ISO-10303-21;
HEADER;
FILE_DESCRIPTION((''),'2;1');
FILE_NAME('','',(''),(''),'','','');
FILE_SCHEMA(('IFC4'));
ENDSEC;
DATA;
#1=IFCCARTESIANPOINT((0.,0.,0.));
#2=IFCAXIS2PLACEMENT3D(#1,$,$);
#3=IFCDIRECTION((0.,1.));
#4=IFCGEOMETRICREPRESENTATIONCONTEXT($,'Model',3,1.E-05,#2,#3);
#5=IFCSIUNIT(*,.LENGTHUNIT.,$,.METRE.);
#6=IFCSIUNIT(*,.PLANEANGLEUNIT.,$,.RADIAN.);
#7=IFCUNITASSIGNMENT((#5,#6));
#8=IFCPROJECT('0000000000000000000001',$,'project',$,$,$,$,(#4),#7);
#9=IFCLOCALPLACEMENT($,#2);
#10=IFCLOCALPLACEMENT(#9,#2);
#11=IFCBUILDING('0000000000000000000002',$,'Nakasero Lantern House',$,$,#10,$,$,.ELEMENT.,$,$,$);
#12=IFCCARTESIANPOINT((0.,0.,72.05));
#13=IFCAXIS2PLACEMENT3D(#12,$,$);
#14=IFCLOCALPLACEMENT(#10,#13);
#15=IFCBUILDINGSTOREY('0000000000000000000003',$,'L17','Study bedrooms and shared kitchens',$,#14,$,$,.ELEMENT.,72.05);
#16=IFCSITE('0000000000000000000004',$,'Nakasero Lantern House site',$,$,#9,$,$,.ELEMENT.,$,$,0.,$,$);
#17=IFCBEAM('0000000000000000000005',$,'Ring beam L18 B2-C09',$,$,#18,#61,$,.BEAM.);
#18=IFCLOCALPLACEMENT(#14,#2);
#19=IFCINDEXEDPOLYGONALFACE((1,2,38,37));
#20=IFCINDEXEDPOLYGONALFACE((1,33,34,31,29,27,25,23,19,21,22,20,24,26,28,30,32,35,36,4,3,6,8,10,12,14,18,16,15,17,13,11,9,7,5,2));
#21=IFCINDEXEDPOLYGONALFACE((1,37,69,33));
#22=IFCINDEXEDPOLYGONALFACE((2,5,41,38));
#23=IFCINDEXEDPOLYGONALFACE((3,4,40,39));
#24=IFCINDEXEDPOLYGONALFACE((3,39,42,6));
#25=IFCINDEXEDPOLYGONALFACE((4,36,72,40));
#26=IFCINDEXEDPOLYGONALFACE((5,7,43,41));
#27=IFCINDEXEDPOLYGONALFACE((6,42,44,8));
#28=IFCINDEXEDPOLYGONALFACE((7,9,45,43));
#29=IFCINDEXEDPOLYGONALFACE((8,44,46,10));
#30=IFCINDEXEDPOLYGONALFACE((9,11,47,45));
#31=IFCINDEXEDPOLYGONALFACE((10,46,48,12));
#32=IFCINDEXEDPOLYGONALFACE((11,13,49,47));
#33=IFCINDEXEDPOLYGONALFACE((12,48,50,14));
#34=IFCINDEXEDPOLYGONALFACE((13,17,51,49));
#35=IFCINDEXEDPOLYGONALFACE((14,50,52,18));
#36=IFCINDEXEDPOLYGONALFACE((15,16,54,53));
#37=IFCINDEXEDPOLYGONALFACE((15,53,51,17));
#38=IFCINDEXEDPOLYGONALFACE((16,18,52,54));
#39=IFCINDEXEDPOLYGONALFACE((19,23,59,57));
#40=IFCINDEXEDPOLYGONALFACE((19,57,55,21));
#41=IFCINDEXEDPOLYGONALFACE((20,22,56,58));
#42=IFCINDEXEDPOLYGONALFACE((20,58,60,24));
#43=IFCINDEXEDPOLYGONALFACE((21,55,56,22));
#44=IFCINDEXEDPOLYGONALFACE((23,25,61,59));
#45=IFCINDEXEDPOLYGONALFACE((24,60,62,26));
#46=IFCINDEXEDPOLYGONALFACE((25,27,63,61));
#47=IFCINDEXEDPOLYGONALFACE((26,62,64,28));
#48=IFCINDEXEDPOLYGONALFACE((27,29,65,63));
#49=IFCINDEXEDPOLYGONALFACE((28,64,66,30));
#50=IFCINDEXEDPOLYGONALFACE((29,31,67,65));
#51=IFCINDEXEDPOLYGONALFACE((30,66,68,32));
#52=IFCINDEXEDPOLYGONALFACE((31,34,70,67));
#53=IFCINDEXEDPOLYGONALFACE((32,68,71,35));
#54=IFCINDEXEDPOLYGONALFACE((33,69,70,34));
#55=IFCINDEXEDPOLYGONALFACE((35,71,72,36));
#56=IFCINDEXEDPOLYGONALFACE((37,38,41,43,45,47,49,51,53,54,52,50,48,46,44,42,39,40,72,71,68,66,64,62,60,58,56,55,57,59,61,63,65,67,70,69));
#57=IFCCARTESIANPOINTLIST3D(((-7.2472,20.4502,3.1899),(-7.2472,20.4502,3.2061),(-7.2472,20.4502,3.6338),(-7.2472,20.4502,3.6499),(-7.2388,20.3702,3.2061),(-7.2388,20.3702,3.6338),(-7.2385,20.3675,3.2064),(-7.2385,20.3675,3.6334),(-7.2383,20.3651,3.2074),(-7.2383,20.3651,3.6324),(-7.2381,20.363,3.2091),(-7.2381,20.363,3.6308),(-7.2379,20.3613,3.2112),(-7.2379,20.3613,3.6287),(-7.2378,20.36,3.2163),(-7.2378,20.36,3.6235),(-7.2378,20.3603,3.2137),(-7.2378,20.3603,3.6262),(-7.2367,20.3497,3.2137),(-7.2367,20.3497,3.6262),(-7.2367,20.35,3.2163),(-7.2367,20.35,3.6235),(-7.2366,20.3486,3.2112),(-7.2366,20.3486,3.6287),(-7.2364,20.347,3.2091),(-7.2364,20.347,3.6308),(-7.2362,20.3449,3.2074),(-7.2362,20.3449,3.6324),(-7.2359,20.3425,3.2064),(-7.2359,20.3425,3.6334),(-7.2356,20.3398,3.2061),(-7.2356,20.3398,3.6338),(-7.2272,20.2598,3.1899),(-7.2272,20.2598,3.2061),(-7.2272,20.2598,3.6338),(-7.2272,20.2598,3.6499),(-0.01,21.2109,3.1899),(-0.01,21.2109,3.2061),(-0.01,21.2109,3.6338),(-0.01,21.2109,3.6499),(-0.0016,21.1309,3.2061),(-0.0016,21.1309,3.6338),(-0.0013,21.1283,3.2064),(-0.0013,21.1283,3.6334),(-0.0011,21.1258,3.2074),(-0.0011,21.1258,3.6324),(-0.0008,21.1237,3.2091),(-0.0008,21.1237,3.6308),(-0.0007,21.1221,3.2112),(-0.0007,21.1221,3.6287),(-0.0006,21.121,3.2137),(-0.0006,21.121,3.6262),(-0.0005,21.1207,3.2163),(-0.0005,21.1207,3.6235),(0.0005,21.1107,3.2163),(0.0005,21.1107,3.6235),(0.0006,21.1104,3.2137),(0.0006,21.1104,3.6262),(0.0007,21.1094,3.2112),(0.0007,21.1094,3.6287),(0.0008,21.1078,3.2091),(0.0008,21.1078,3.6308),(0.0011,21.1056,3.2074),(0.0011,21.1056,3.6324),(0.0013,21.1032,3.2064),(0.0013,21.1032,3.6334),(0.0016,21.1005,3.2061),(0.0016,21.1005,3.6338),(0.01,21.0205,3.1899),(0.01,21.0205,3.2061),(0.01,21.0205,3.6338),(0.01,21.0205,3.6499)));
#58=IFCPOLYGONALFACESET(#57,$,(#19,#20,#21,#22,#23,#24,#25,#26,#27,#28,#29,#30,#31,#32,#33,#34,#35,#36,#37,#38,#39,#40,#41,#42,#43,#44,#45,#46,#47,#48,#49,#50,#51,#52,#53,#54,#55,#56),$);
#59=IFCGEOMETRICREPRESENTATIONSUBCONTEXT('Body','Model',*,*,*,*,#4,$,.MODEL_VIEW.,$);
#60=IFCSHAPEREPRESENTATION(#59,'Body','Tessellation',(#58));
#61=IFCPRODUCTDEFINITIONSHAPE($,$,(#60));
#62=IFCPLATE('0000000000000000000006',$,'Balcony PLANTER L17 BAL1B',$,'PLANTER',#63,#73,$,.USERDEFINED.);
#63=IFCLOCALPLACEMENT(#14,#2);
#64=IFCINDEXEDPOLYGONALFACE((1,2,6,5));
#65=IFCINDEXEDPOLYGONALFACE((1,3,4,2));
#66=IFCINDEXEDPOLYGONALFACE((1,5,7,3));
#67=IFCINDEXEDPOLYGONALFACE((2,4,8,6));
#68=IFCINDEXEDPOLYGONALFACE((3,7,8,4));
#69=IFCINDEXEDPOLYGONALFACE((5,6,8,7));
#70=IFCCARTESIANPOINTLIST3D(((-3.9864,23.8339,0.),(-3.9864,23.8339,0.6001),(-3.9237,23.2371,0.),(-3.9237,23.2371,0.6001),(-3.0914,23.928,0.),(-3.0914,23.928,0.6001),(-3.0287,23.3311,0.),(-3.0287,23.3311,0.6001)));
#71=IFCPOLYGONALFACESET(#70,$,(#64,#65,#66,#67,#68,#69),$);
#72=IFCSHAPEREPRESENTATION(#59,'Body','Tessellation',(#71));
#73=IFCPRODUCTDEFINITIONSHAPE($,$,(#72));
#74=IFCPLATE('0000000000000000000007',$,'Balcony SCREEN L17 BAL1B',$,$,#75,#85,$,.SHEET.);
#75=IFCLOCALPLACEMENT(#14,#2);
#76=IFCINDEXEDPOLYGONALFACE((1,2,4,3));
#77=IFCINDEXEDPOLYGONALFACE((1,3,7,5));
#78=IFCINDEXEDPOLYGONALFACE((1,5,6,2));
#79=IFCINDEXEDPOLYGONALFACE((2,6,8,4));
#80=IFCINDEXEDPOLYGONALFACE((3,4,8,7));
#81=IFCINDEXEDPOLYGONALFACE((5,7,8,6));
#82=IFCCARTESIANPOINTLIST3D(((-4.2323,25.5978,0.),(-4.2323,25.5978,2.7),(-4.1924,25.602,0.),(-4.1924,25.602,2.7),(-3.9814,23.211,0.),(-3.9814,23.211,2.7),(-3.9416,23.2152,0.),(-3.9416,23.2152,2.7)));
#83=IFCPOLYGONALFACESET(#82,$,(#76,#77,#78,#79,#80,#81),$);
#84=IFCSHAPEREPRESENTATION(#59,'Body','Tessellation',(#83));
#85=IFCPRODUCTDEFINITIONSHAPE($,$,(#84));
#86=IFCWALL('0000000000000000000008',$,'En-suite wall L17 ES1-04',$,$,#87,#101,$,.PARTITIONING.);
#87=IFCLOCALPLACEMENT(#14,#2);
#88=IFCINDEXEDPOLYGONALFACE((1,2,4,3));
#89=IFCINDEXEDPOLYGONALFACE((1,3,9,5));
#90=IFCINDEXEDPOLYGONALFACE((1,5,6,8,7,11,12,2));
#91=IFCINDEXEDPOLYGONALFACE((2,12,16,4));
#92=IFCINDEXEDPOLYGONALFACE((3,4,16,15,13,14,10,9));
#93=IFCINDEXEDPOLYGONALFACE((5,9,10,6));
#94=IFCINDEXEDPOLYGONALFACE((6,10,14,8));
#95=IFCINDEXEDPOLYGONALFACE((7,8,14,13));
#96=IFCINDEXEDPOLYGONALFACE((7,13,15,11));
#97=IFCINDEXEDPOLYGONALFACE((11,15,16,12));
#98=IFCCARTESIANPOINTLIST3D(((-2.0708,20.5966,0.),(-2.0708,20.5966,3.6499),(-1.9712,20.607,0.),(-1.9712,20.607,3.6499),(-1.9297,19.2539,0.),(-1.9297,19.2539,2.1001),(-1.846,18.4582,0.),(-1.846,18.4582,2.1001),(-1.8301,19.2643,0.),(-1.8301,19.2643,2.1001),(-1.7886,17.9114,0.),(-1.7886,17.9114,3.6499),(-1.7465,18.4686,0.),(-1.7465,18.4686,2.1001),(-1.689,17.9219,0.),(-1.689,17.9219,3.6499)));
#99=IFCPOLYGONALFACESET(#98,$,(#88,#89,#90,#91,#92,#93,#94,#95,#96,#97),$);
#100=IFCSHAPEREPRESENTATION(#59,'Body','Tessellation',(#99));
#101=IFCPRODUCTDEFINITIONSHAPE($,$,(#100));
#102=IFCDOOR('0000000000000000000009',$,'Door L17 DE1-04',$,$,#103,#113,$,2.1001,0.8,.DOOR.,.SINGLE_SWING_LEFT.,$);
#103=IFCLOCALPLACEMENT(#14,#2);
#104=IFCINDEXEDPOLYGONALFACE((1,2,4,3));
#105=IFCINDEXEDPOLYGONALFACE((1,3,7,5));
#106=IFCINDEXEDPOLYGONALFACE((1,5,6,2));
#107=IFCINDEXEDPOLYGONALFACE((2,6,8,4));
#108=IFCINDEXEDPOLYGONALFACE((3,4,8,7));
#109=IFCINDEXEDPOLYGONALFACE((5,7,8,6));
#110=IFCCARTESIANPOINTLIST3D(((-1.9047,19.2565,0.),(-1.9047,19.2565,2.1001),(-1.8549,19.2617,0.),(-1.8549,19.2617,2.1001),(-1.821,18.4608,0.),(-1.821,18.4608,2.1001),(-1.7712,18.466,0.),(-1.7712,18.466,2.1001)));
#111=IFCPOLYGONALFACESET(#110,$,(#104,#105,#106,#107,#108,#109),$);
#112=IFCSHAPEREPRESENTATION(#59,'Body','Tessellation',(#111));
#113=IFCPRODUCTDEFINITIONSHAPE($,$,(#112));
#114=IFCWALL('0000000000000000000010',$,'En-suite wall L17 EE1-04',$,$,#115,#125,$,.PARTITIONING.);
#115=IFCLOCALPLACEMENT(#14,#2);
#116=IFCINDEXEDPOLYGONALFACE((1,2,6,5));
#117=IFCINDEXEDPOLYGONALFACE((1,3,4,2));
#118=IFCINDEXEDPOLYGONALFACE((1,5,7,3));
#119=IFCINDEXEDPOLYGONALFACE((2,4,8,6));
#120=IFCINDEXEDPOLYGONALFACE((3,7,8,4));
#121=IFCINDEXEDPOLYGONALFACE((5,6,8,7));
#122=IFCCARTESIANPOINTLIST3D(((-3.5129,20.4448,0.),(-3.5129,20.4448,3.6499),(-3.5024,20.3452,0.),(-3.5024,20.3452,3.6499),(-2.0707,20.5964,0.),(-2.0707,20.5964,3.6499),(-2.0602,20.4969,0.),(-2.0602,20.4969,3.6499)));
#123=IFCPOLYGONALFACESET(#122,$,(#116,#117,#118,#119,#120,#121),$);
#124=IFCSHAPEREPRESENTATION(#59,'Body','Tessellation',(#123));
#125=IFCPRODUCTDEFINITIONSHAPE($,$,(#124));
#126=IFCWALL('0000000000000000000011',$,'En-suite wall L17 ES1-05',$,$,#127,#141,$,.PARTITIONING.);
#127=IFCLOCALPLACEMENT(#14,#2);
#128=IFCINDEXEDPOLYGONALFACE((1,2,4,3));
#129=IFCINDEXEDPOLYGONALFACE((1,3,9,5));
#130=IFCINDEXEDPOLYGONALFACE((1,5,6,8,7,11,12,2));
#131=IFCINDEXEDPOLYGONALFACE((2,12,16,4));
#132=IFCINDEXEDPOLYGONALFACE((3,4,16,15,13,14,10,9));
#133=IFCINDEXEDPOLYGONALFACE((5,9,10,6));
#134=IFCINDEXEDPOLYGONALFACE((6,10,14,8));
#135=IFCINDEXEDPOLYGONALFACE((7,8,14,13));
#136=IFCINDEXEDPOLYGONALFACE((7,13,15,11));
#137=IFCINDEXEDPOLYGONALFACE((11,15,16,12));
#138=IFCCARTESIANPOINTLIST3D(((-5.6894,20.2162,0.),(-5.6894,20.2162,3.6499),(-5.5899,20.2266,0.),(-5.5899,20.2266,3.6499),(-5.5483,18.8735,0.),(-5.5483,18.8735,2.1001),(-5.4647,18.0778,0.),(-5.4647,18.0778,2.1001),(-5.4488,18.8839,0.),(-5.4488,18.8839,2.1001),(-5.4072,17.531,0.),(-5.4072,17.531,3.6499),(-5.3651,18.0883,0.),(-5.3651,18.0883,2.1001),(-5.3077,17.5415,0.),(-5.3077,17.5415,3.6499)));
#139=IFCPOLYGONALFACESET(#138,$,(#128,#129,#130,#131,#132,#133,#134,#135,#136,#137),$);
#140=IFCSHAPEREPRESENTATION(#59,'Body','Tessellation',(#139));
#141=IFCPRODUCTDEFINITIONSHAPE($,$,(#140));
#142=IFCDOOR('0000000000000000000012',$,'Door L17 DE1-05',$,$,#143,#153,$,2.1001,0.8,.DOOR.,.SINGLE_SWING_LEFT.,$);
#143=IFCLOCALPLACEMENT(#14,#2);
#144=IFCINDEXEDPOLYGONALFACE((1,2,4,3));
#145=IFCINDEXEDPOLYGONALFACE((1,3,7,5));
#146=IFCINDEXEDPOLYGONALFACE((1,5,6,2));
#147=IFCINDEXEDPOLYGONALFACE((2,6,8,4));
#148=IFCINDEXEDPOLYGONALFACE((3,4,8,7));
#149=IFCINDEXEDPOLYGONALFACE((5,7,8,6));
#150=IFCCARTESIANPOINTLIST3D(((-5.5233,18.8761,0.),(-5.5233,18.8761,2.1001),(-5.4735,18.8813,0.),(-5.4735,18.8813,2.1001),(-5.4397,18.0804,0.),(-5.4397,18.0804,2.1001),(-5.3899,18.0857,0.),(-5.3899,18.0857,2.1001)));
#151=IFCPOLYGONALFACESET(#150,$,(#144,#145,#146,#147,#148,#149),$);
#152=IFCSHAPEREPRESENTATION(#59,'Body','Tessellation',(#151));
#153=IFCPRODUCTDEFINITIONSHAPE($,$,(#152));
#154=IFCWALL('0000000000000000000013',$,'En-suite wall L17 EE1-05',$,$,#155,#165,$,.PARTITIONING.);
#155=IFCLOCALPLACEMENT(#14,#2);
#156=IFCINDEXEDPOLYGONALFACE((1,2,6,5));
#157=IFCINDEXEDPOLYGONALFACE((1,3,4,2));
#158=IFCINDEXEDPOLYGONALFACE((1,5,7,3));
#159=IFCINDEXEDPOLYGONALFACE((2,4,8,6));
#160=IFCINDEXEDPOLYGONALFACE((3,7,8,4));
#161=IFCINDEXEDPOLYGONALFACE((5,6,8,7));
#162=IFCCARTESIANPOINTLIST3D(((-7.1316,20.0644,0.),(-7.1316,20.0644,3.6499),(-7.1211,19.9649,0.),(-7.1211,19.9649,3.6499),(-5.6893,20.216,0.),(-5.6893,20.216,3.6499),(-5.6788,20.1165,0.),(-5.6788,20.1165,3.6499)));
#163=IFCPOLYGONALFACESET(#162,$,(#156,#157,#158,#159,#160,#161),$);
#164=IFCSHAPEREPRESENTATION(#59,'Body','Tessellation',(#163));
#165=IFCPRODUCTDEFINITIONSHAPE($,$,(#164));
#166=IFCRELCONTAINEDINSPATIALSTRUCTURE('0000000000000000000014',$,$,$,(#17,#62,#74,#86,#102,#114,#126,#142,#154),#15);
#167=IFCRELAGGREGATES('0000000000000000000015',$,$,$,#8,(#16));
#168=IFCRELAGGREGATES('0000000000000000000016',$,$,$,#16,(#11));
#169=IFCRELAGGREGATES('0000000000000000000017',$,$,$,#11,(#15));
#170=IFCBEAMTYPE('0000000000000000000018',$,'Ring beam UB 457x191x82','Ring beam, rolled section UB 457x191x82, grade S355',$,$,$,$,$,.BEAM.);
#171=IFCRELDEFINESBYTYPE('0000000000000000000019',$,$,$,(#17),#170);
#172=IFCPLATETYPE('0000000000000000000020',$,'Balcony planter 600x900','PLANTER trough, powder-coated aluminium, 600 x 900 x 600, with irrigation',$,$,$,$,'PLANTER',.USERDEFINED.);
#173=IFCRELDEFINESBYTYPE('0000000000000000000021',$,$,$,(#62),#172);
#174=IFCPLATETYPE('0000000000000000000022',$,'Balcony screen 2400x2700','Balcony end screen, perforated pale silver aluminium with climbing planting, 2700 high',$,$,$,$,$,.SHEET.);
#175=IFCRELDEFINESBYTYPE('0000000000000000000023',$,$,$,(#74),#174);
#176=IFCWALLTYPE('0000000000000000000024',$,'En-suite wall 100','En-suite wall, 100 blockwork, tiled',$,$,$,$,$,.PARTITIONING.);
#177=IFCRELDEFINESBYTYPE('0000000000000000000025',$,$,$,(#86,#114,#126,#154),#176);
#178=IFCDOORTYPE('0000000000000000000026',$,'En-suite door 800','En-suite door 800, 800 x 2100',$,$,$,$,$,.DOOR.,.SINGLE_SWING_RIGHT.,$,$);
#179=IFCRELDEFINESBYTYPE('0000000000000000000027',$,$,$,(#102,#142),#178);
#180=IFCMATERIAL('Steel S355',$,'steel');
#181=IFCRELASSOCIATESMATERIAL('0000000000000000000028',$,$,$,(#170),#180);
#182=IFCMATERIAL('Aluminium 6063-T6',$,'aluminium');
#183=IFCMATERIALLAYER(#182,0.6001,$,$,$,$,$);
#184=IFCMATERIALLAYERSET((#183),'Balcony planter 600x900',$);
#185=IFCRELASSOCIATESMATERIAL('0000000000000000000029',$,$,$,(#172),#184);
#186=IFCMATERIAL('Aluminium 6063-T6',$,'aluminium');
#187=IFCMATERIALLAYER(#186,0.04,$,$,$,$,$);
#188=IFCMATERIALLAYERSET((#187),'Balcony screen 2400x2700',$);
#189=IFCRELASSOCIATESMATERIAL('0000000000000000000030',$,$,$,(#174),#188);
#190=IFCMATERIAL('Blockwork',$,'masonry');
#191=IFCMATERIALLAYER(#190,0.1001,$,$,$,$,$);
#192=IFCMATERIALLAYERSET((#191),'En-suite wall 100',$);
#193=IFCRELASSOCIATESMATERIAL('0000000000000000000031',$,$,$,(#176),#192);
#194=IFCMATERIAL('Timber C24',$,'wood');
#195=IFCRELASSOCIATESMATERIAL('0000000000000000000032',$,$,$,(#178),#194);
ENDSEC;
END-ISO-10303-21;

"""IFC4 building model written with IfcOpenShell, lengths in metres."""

from ifc_helpers import new_model, si_unit, direction, frame, frame_2d, origin, origin_2d, place, context, subcontext, project, spatial, rectangle, i_section, extrude, material, layer, layer_set, material_profile, profile_set, type_object, element, fill, save


model = new_model("IFC4")

# Units and contexts
model_context = context("Model", 3, precision=1e-05, world=origin(), true_north=direction((0.0, 1.0)))
body_context = subcontext(model_context, "Body", "Model", "MODEL_VIEW")
ifc_project = project(units=[si_unit("LENGTHUNIT", "METRE"), si_unit("PLANEANGLEUNIT", "RADIAN")], contexts=[model_context])

# Site, building, storey
site_placement = place(None, origin())
site = spatial("IfcSite", under=ifc_project, at=site_placement, Name="Nakasero Lantern House site", CompositionType="ELEMENT", RefElevation=0.0)
building_placement = place(site_placement, origin())
building = spatial("IfcBuilding", under=site, at=building_placement, Name="Nakasero Lantern House", CompositionType="ELEMENT")
storey_placement = place(building_placement, frame((0.0, 0.0, 72.05)))
storey = spatial("IfcBuildingStorey", under=building, at=storey_placement, Name="L17", Description="Study bedrooms and shared kitchens", CompositionType="ELEMENT", Elevation=72.05)

# Beam
ifc_material_1 = material(Name="Steel S355", Category="steel")
ifc_material_profile_1 = material_profile(ifc_material_1, i_section(OverallWidth=0.1914, OverallDepth=0.46, WebThickness=0.01, FlangeThickness=0.0161, FilletRadius=0.0103, at=origin_2d()), Name="UB 457x191x82")
ifc_profile_set_1 = profile_set([ifc_material_profile_1], Name="Steel S355")
beam_type_1 = type_object("IfcBeamType", Name="Ring beam UB 457x191x82", Description="Ring beam, rolled section UB 457x191x82, grade S355", PredefinedType="BEAM", material=ifc_profile_set_1)
beam_1_placement = place(storey_placement, frame((0.0, 21.1157, 3.4199), z_axis=(-0.994521, -0.104538, 0.0), x_axis=(0.104538, -0.994521, 0.0)))
element("IfcBeam", 1, at=beam_1_placement, inside=storey, type_object=beam_type_1, Name="Ring beam L18 B2-C09", PredefinedType="BEAM", context=body_context, shape_type="SweptSolid", body=[
    extrude(i_section(OverallWidth=0.1914, OverallDepth=0.46, WebThickness=0.01, FlangeThickness=0.0161, FilletRadius=0.0103, at=origin_2d()), origin(), (0.0, 0.0, 1.0), 7.2771),
])

# Plates
ifc_material_2 = material(Name="Aluminium 6063-T6", Category="aluminium")
ifc_layer_1 = layer(ifc_material_2, 0.6001)
ifc_layer_set_1 = layer_set([ifc_layer_1], Name="Balcony planter 600x900")
plate_type_1 = type_object("IfcPlateType", Name="Balcony planter 600x900", Description="PLANTER trough, powder-coated aluminium, 600 x 900 x 600, with irrigation", ElementType="PLANTER", PredefinedType="USERDEFINED", material=ifc_layer_set_1)
plate_1_placement = place(storey_placement, frame((-3.5076, 23.5825, 0.0), z_axis=(0.0, 0.0, 1.0), x_axis=(-0.104528, 0.994522, 0.0)))
element("IfcPlate", 2, at=plate_1_placement, inside=storey, type_object=plate_type_1, Name="Balcony PLANTER L17 BAL1B", ObjectType="PLANTER", PredefinedType="USERDEFINED", context=body_context, shape_type="SweptSolid", body=[
    extrude(rectangle(XDim=0.6001, YDim=0.8999, at=origin_2d()), origin(), (0.0, 0.0, 1.0), 0.6001),
])
ifc_material_3 = material(Name="Aluminium 6063-T6", Category="aluminium")
ifc_layer_2 = layer(ifc_material_3, 0.04)
ifc_layer_set_2 = layer_set([ifc_layer_2], Name="Balcony screen 2400x2700")
plate_type_2 = type_object("IfcPlateType", Name="Balcony screen 2400x2700", Description="Balcony end screen, perforated pale silver aluminium with climbing planting, 2700 high", PredefinedType="SHEET", material=ifc_layer_set_2)
plate_2_placement = place(storey_placement, frame((-4.0869, 24.4065, 0.0), z_axis=(0.0, 0.0, 1.0), x_axis=(-0.104528, 0.994522, 0.0)))
element("IfcPlate", 3, at=plate_2_placement, inside=storey, type_object=plate_type_2, Name="Balcony SCREEN L17 BAL1B", PredefinedType="SHEET", context=body_context, shape_type="SweptSolid", body=[
    extrude(rectangle(XDim=2.3999, YDim=0.04, at=origin_2d()), origin(), (0.0, 0.0, 1.0), 2.7),
])

# Wall, opening, door
ifc_material_4 = material(Name="Blockwork", Category="masonry")
ifc_layer_3 = layer(ifc_material_4, 0.1001)
ifc_layer_set_3 = layer_set([ifc_layer_3], Name="En-suite wall 100")
wall_type_1 = type_object("IfcWallType", Name="En-suite wall 100", Description="En-suite wall, 100 blockwork, tiled", PredefinedType="PARTITIONING", material=ifc_layer_set_3)
wall_1_placement = place(storey_placement, frame((-1.7388, 17.9165, 0.0), z_axis=(0.0, 0.0, 1.0), x_axis=(-0.104534, 0.994521, 0.0)))
wall_1 = element("IfcWall", 4, at=wall_1_placement, inside=storey, type_object=wall_type_1, Name="En-suite wall L17 ES1-04", PredefinedType="PARTITIONING", context=body_context, shape_type="SweptSolid", body=[
    extrude(rectangle(XDim=2.7, YDim=0.1001, at=frame_2d((1.3501, 0.0))), origin(), (0.0, 0.0, 1.0), 3.6499),
])
opening_1_placement = place(wall_1_placement, frame((0.55, 0.0, 0.0)))
opening_1 = element("IfcOpeningElement", 5, at=opening_1_placement, cuts=wall_1, PredefinedType="OPENING", context=body_context, shape_type="SweptSolid", body=[
    extrude(rectangle(XDim=0.8, YDim=2.1001, at=frame_2d((0.3999, 1.05))), frame((0.0, 0.0701, 0.0), z_axis=(0.0, -1.0, 0.0), x_axis=(1.0, 0.0, 0.0)), (0.0, 0.0, 1.0), 0.1401),
])
ifc_material_5 = material(Name="Timber C24", Category="wood")
door_type = type_object("IfcDoorType", Name="En-suite door 800", Description="En-suite door 800, 800 x 2100", OperationType="SINGLE_SWING_RIGHT", PredefinedType="DOOR", material=ifc_material_5)
door_1_placement = place(opening_1_placement, origin())
door_1 = element("IfcDoor", 6, at=door_1_placement, inside=storey, type_object=door_type, Name="Door L17 DE1-04", OperationType="SINGLE_SWING_LEFT", OverallHeight=2.1001, OverallWidth=0.8, PredefinedType="DOOR", context=body_context, shape_type="SweptSolid", body=[
    extrude(rectangle(XDim=0.8, YDim=2.1001, at=frame_2d((0.3999, 1.05))), frame((0.0, 0.0249, 0.0), z_axis=(0.0, -1.0, 0.0), x_axis=(1.0, 0.0, 0.0)), (0.0, 0.0, 1.0), 0.05),
])
fill(opening_1, door_1)

# Wall
wall_2_placement = place(storey_placement, frame((-2.0654, 20.5466, 0.0), z_axis=(0.0, 0.0, 1.0), x_axis=(-0.994519, -0.104553, 0.0)))
element("IfcWall", 7, at=wall_2_placement, inside=storey, type_object=wall_type_1, Name="En-suite wall L17 EE1-04", PredefinedType="PARTITIONING", context=body_context, shape_type="SweptSolid", body=[
    extrude(rectangle(XDim=1.4502, YDim=0.1001, at=frame_2d((0.7251, 0.0))), origin(), (0.0, 0.0, 1.0), 3.6499),
])

# Wall, opening, door
wall_3_placement = place(storey_placement, frame((-5.3574, 17.5361, 0.0), z_axis=(0.0, 0.0, 1.0), x_axis=(-0.104534, 0.994521, 0.0)))
wall_3 = element("IfcWall", 8, at=wall_3_placement, inside=storey, type_object=wall_type_1, Name="En-suite wall L17 ES1-05", PredefinedType="PARTITIONING", context=body_context, shape_type="SweptSolid", body=[
    extrude(rectangle(XDim=2.7, YDim=0.1001, at=frame_2d((1.3501, 0.0))), origin(), (0.0, 0.0, 1.0), 3.6499),
])
opening_2_placement = place(wall_3_placement, frame((0.55, 0.0, 0.0)))
opening_2 = element("IfcOpeningElement", 9, at=opening_2_placement, cuts=wall_3, PredefinedType="OPENING", context=body_context, shape_type="SweptSolid", body=[
    extrude(rectangle(XDim=0.8, YDim=2.1001, at=frame_2d((0.3999, 1.05))), frame((0.0, 0.0701, 0.0), z_axis=(0.0, -1.0, 0.0), x_axis=(1.0, 0.0, 0.0)), (0.0, 0.0, 1.0), 0.1401),
])
door_2_placement = place(opening_2_placement, origin())
door_2 = element("IfcDoor", 10, at=door_2_placement, inside=storey, type_object=door_type, Name="Door L17 DE1-05", OperationType="SINGLE_SWING_LEFT", OverallHeight=2.1001, OverallWidth=0.8, PredefinedType="DOOR", context=body_context, shape_type="SweptSolid", body=[
    extrude(rectangle(XDim=0.8, YDim=2.1001, at=frame_2d((0.3999, 1.05))), frame((0.0, 0.0249, 0.0), z_axis=(0.0, -1.0, 0.0), x_axis=(1.0, 0.0, 0.0)), (0.0, 0.0, 1.0), 0.05),
])
fill(opening_2, door_2)

# Wall
wall_4_placement = place(storey_placement, frame((-5.6841, 20.1663, 0.0), z_axis=(0.0, 0.0, 1.0), x_axis=(-0.994519, -0.104553, 0.0)))
element("IfcWall", 11, at=wall_4_placement, inside=storey, type_object=wall_type_1, Name="En-suite wall L17 EE1-05", PredefinedType="PARTITIONING", context=body_context, shape_type="SweptSolid", body=[
    extrude(rectangle(XDim=1.4502, YDim=0.1001, at=frame_2d((0.7251, 0.0))), origin(), (0.0, 0.0, 1.0), 3.6499),
])

save(model, "model.ifc")
